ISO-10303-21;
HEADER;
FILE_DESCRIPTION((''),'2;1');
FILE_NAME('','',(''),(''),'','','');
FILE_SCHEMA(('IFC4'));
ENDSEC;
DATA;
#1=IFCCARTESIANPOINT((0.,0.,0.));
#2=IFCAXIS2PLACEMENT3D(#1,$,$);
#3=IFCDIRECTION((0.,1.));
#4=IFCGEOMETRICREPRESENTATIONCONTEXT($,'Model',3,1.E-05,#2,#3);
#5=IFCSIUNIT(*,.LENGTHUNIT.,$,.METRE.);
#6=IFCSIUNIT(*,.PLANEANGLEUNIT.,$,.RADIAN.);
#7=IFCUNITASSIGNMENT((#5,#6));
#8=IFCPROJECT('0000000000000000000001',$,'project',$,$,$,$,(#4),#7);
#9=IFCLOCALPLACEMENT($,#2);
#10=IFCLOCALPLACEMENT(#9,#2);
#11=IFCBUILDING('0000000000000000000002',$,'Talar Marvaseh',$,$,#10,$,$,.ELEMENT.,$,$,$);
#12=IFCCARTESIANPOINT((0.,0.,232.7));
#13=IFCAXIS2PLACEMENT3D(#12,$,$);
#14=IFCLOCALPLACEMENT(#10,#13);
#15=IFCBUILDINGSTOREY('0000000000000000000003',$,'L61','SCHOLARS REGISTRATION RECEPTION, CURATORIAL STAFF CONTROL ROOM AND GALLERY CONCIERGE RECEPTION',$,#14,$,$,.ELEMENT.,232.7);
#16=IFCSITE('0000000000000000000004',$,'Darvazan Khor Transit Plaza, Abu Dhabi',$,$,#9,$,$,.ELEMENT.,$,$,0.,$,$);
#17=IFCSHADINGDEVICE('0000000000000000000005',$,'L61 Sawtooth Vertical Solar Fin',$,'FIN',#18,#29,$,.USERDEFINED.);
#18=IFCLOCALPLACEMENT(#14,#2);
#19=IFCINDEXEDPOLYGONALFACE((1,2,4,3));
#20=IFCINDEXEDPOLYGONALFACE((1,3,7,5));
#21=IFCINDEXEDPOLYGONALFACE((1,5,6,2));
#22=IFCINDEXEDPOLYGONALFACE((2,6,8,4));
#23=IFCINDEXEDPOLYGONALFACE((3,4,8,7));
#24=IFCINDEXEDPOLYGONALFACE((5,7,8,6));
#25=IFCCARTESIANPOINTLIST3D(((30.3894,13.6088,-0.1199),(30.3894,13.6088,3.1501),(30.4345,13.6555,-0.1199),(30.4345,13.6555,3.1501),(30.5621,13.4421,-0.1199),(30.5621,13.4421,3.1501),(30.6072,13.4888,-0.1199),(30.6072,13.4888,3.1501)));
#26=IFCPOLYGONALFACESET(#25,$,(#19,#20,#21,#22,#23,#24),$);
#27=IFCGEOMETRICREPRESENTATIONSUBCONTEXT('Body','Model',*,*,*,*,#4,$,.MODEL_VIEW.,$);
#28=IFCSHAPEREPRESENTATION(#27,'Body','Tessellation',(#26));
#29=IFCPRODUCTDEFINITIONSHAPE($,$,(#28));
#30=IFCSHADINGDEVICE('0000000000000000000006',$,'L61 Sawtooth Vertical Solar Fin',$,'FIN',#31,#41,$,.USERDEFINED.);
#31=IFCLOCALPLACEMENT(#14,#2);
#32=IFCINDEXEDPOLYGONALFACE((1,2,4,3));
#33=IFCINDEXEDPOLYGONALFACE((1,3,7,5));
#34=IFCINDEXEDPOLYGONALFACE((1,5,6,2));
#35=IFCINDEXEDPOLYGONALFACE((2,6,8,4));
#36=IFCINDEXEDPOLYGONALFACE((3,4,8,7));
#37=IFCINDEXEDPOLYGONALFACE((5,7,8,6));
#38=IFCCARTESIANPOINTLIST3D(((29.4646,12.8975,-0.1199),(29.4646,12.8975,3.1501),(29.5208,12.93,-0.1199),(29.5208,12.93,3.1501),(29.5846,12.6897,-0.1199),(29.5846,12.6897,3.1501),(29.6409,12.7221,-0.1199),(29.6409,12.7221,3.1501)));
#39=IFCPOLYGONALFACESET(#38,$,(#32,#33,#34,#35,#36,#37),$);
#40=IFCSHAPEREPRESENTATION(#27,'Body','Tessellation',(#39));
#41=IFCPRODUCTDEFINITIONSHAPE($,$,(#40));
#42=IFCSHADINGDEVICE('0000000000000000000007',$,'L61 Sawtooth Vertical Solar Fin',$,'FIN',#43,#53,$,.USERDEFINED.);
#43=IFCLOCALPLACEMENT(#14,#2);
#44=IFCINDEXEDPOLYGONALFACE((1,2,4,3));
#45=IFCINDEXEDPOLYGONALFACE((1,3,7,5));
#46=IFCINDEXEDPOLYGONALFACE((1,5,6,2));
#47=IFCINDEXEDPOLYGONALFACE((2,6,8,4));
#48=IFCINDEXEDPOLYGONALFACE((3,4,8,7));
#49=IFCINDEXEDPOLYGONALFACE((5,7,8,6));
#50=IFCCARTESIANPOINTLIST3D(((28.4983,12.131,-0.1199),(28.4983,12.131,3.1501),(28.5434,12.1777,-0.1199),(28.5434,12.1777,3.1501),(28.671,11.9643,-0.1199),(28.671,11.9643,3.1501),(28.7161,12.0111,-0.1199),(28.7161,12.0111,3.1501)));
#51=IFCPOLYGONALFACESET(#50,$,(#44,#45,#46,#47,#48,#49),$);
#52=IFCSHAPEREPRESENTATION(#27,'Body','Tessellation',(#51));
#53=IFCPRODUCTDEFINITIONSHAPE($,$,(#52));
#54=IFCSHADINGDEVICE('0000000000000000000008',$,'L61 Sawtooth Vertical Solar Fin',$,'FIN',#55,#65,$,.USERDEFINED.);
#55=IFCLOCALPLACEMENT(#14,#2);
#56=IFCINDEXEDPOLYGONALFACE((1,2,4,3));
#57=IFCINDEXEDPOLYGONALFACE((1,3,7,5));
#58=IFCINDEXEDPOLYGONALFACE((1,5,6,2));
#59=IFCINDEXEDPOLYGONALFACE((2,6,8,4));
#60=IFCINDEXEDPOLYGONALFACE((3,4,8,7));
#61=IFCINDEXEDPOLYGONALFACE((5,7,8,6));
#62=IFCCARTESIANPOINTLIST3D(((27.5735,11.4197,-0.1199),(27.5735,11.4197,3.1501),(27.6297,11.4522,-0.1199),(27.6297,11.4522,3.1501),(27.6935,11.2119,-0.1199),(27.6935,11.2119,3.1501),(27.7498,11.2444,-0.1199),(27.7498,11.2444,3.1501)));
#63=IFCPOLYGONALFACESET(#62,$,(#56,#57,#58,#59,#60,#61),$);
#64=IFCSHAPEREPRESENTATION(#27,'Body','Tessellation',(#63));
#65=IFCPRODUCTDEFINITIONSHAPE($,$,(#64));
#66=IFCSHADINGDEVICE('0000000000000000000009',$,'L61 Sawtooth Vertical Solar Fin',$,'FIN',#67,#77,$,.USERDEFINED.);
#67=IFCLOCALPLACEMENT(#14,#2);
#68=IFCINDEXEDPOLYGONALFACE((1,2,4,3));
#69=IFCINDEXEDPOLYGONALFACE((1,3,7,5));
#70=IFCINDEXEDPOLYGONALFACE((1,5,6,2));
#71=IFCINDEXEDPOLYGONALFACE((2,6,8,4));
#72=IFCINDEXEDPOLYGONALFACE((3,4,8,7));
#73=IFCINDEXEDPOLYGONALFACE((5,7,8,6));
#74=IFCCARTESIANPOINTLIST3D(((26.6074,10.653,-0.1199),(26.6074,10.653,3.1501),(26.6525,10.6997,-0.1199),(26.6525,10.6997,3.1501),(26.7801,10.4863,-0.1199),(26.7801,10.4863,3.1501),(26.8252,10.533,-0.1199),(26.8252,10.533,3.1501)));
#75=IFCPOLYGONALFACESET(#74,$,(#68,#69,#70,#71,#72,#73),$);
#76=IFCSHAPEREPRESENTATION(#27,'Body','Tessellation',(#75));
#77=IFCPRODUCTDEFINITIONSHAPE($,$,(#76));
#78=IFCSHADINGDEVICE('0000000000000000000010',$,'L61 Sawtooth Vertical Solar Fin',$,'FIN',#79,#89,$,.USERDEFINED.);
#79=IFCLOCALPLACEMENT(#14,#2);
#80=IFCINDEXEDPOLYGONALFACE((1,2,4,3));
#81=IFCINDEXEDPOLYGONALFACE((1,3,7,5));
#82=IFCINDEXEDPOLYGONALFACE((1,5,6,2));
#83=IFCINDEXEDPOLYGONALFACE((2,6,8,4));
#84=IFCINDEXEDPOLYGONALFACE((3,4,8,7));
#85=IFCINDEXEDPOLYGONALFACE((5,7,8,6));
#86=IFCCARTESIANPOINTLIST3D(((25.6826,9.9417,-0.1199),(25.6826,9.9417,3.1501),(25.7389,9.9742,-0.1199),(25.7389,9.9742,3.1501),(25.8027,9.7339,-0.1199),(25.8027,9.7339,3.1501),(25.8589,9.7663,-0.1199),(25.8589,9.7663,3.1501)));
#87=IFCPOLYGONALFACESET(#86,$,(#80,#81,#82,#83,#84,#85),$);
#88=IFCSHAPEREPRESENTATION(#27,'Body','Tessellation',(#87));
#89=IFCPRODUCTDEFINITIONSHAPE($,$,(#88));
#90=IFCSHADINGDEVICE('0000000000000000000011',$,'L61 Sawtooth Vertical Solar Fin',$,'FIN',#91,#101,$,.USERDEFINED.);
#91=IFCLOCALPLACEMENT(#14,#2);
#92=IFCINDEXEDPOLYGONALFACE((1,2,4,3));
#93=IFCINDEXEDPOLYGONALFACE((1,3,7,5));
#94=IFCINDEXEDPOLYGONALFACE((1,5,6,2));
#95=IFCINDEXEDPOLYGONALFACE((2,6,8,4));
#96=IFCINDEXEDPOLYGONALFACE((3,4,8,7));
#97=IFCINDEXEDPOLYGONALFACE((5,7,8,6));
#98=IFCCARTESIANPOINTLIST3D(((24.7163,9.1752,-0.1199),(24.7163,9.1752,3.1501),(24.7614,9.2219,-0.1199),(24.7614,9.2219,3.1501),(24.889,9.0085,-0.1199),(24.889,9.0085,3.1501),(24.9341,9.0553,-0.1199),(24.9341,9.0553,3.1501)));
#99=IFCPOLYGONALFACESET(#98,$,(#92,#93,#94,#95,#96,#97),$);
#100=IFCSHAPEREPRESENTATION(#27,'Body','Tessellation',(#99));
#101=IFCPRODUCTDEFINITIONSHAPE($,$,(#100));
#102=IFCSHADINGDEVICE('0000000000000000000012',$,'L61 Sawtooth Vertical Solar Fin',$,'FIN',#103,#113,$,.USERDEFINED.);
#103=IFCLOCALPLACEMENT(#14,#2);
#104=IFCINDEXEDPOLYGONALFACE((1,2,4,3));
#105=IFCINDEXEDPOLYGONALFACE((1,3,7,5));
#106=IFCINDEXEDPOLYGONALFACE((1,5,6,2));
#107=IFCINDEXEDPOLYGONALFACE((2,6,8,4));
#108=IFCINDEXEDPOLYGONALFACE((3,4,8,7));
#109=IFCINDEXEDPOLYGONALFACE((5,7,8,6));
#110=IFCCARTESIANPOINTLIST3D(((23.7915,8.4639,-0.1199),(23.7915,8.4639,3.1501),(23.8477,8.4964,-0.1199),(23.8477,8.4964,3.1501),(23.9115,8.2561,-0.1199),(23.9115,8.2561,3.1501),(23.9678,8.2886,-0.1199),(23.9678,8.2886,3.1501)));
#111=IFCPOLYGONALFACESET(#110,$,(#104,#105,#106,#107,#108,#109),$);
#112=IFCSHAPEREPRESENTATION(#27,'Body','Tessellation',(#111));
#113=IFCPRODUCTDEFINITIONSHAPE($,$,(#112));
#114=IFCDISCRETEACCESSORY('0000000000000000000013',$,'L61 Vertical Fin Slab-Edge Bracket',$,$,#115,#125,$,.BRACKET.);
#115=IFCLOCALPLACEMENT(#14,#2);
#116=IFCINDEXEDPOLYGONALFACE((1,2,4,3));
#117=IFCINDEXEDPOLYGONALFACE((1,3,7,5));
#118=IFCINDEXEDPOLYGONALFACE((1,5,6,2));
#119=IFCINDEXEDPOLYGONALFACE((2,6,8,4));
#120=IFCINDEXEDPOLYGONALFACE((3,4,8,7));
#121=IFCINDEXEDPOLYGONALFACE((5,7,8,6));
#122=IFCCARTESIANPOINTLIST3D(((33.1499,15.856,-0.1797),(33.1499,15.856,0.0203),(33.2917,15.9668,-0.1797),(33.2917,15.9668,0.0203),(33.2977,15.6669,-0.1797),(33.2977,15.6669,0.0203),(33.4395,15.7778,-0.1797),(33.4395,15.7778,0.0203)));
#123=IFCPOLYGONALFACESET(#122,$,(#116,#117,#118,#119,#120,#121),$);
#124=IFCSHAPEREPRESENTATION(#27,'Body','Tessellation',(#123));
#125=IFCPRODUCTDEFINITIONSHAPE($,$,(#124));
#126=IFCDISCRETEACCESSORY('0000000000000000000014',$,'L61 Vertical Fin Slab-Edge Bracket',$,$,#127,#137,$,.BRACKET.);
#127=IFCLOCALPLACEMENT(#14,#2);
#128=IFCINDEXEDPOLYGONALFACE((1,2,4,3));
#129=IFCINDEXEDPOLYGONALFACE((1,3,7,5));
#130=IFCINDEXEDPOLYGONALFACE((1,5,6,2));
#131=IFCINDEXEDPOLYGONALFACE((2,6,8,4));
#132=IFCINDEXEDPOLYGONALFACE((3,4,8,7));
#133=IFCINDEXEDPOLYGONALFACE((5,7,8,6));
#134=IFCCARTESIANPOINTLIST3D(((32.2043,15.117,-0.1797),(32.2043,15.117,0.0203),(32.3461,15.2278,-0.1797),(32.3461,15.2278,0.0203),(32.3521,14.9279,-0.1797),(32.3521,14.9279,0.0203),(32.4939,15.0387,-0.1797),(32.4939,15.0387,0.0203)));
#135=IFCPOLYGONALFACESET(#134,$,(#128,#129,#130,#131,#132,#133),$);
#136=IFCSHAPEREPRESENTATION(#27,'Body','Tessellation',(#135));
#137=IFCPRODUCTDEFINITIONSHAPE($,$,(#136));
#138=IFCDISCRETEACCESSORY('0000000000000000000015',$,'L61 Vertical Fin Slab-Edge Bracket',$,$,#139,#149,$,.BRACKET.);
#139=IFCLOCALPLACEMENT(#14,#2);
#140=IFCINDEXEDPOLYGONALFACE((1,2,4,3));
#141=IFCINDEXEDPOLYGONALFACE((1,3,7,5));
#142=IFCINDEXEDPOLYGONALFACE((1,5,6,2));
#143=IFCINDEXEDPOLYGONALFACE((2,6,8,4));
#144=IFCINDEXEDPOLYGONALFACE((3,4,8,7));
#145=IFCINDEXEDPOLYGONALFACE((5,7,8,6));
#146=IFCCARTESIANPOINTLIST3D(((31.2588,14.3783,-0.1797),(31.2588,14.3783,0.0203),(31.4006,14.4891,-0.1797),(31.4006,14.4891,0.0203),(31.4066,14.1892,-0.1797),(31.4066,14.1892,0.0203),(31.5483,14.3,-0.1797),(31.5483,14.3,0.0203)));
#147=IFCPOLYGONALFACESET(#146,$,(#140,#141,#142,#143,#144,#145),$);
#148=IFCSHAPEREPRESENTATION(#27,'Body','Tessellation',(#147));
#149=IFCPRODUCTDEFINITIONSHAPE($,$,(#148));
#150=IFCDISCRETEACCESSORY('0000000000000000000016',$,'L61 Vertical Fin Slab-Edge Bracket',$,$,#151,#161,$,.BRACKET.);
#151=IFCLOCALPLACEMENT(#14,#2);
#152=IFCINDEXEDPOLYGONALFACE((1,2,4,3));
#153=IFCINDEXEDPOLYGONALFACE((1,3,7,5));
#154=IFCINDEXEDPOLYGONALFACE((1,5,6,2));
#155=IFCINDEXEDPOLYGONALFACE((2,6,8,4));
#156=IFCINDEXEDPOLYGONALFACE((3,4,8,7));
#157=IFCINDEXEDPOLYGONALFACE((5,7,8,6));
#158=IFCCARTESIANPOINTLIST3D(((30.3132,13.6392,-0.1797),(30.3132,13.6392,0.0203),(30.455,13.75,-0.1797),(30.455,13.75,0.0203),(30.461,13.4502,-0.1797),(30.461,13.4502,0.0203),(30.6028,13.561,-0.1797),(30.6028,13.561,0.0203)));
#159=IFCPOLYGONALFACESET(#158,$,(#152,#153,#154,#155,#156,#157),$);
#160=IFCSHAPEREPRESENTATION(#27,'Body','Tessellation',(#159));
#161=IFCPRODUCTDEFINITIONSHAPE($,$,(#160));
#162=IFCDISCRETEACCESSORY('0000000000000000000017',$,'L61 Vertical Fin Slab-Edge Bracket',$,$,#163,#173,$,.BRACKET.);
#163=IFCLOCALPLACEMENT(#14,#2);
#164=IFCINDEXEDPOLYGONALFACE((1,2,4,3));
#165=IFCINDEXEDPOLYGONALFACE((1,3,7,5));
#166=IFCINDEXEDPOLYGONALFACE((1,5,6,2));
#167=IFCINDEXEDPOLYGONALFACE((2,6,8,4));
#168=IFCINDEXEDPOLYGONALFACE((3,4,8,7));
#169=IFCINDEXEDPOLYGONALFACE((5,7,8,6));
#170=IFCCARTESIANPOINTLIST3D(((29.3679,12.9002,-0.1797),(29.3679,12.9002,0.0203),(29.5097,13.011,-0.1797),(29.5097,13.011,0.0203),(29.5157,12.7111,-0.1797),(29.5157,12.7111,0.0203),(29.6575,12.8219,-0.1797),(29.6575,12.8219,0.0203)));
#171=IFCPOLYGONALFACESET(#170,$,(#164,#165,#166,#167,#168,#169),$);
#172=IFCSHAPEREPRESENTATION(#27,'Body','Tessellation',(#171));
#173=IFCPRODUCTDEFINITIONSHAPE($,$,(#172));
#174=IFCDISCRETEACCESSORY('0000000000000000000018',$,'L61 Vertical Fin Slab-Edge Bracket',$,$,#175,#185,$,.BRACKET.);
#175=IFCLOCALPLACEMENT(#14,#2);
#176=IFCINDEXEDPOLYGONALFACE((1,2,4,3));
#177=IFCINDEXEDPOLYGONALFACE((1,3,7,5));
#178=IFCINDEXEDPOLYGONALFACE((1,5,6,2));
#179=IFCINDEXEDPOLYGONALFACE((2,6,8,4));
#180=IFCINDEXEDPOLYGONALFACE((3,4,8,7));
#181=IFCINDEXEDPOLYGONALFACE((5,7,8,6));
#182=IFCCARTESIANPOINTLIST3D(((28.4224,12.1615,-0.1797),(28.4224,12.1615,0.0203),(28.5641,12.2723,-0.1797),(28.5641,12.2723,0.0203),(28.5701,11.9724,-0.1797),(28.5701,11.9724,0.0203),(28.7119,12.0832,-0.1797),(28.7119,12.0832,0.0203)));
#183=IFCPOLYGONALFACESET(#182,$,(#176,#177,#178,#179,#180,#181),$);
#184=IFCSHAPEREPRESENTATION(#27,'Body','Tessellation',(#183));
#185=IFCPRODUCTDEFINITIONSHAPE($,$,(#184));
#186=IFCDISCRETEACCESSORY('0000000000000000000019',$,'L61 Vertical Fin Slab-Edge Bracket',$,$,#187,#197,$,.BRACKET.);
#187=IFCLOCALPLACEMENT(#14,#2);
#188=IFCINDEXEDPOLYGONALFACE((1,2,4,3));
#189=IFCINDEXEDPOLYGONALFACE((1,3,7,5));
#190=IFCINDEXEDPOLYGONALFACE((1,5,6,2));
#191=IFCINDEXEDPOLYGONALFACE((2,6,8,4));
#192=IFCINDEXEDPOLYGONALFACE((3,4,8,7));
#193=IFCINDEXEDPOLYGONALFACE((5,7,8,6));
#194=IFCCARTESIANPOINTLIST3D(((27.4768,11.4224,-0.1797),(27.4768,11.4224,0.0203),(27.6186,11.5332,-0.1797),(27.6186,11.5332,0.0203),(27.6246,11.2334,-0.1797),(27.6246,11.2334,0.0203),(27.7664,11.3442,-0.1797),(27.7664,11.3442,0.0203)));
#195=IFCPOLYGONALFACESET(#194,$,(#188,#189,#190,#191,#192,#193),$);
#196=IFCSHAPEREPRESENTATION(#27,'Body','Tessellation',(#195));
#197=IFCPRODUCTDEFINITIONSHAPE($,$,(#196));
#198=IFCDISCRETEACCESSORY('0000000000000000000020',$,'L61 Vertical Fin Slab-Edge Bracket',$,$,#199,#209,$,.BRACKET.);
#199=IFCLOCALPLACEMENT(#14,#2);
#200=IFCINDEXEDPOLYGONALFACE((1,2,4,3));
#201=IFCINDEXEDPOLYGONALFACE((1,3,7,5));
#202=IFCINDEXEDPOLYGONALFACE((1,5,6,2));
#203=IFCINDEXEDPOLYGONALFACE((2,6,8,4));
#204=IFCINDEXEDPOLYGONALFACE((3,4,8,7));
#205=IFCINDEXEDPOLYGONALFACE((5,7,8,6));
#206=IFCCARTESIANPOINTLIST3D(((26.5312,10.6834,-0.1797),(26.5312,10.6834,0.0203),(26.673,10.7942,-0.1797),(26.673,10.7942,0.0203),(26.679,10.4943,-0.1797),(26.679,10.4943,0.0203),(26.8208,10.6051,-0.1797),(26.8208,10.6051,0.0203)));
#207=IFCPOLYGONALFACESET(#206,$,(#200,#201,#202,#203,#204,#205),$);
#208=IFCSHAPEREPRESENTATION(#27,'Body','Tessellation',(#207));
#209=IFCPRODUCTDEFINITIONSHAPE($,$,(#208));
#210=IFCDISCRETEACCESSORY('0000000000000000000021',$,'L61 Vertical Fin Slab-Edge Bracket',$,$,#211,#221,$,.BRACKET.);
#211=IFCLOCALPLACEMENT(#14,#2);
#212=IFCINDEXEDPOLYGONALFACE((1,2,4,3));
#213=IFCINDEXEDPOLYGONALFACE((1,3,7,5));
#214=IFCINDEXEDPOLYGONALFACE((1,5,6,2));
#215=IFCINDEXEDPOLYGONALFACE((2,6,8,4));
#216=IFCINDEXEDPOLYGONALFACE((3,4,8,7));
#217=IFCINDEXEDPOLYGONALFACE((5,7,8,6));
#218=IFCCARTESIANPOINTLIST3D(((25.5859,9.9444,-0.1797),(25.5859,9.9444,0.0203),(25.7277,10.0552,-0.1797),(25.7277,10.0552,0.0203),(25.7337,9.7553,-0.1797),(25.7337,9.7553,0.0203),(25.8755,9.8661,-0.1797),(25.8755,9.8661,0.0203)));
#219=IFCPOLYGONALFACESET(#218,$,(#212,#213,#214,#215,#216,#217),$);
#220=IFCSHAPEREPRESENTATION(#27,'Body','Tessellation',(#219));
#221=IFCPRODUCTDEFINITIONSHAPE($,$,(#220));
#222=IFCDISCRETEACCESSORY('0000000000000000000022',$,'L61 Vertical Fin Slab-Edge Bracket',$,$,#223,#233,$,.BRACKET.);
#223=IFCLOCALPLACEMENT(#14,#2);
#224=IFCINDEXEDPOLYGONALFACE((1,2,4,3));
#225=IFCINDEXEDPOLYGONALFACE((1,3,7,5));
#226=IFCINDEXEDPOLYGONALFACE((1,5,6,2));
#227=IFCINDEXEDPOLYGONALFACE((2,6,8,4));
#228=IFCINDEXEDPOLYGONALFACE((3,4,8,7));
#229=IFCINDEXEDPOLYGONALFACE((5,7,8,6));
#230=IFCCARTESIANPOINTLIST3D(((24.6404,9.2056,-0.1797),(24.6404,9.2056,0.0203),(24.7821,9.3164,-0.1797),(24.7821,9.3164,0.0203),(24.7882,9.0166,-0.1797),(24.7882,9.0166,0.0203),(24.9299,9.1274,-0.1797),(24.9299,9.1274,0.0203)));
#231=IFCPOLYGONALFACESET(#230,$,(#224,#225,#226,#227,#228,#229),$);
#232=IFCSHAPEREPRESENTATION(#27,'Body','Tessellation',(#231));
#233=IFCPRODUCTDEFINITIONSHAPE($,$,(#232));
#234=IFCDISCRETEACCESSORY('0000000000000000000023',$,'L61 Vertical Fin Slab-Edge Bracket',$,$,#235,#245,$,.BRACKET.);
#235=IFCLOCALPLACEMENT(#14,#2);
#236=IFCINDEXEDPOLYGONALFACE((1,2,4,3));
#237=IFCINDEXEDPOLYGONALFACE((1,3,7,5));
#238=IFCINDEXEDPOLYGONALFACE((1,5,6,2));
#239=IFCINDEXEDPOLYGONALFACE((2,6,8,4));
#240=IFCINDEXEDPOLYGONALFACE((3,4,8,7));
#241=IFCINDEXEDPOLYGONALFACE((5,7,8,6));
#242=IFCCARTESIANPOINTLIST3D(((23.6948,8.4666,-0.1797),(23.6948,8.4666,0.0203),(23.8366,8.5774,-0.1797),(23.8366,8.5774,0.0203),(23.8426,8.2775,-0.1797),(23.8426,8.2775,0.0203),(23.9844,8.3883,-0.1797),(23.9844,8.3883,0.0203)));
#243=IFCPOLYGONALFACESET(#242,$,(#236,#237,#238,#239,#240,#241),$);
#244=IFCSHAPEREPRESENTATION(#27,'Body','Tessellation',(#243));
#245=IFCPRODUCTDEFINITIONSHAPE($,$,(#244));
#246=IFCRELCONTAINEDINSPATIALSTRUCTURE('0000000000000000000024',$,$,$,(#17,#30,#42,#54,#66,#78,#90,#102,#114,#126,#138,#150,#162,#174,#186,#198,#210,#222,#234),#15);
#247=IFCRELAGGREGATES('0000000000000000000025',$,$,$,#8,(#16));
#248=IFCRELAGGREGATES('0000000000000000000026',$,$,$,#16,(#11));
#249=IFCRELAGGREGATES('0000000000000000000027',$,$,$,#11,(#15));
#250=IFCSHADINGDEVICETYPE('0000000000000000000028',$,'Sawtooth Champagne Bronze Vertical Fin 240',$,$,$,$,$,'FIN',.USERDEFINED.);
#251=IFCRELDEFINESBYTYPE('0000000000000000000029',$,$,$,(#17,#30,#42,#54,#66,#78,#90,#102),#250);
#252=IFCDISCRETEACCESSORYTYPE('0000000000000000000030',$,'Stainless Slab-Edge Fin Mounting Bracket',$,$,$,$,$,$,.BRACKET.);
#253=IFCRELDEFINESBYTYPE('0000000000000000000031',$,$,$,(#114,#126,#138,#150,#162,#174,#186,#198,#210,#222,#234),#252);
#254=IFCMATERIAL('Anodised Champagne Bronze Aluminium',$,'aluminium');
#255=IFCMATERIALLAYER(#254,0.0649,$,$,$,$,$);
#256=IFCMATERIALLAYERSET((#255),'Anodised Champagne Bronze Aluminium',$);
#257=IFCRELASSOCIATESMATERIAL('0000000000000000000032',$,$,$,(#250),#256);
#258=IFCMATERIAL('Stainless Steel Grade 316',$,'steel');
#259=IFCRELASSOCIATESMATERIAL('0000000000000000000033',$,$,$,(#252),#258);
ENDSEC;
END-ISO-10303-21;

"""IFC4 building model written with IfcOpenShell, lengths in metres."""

from ifc_helpers import new_model, si_unit, direction, frame, origin, origin_2d, place, context, subcontext, project, spatial, rectangle, extrude, source, transform, mapped, material, layer, layer_set, type_object, type_shapes, element, save


model = new_model("IFC4")

# Units and contexts
model_context = context("Model", 3, precision=1e-05, world=origin(), true_north=direction((0.0, 1.0)))
body_context = subcontext(model_context, "Body", "Model", "MODEL_VIEW")
ifc_project = project(units=[si_unit("LENGTHUNIT", "METRE"), si_unit("PLANEANGLEUNIT", "RADIAN")], contexts=[model_context])

# Site, building, storey
site_placement = place(None, origin())
site = spatial("IfcSite", under=ifc_project, at=site_placement, Name="Darvazan Khor Transit Plaza, Abu Dhabi", CompositionType="ELEMENT", RefElevation=0.0)
building_placement = place(site_placement, origin())
building = spatial("IfcBuilding", under=site, at=building_placement, Name="Talar Marvaseh", CompositionType="ELEMENT")
storey_placement = place(building_placement, frame((0.0, 0.0, 232.7)))
storey = spatial("IfcBuildingStorey", under=building, at=storey_placement, Name="L61", Description="SCHOLARS REGISTRATION RECEPTION, CURATORIAL STAFF CONTROL ROOM AND GALLERY CONCIERGE RECEPTION", CompositionType="ELEMENT", Elevation=232.7)

# Shading devices
ifc_material_1 = material(Name="Anodised Champagne Bronze Aluminium", Category="aluminium")
ifc_layer_1 = layer(ifc_material_1, 0.0649)
ifc_layer_set_1 = layer_set([ifc_layer_1], Name="Anodised Champagne Bronze Aluminium")
shading_device_type = type_object("IfcShadingDeviceType", Name="Sawtooth Champagne Bronze Vertical Fin 240", ElementType="FIN", PredefinedType="USERDEFINED", material=ifc_layer_set_1)
shared_shape_1 = source(origin(), body_context, "Body", "SweptSolid", [
    extrude(rectangle(XDim=0.24, YDim=0.0649, at=origin_2d()), origin(), (0.0, 0.0, 1.0), 3.27),
])
type_shapes(shading_device_type, [shared_shape_1])
for number, where, z_axis, x_axis, name in (
    (1, (30.4983, 13.5488, -0.1199), (0.0, 0.0, 1.0), (0.719461, -0.694533, 0.0), "L61 Sawtooth Vertical Solar Fin"),
    (2, (29.5527, 12.8098, -0.1199), (0.0, 0.0, 1.0), (0.500151, -0.865938, 0.0), "L61 Sawtooth Vertical Solar Fin"),
    (3, (28.6072, 12.071, -0.1199), (0.0, 0.0, 1.0), (0.719461, -0.694533, 0.0), "L61 Sawtooth Vertical Solar Fin"),
    (4, (27.6616, 11.332, -0.1199), (0.0, 0.0, 1.0), (0.500151, -0.865938, 0.0), "L61 Sawtooth Vertical Solar Fin"),
    (5, (26.7163, 10.593, -0.1199), (0.0, 0.0, 1.0), (0.719461, -0.694533, 0.0), "L61 Sawtooth Vertical Solar Fin"),
    (6, (25.7708, 9.854, -0.1199), (0.0, 0.0, 1.0), (0.500151, -0.865938, 0.0), "L61 Sawtooth Vertical Solar Fin"),
    (7, (24.8252, 9.1152, -0.1199), (0.0, 0.0, 1.0), (0.719461, -0.694533, 0.0), "L61 Sawtooth Vertical Solar Fin"),
    (8, (23.8796, 8.3762, -0.1199), (0.0, 0.0, 1.0), (0.500151, -0.865938, 0.0), "L61 Sawtooth Vertical Solar Fin"),
):
    element("IfcShadingDevice", number, at=place(storey_placement, frame(where, z_axis=z_axis, x_axis=x_axis)), inside=storey, type_object=shading_device_type, Name=name, ObjectType="FIN", PredefinedType="USERDEFINED", context=body_context, shape_type="MappedRepresentation", body=[
        mapped(shared_shape_1, transform((0.0, 0.0, 0.0), x_axis=(1.0, 0.0, 0.0), y_axis=(0.0, 1.0, 0.0), z_axis=(0.0, 0.0, 1.0), scale=1.0)),
    ])

# Discrete accessories
ifc_material_2 = material(Name="Stainless Steel Grade 316", Category="steel")
discrete_accessory_type = type_object("IfcDiscreteAccessoryType", Name="Stainless Slab-Edge Fin Mounting Bracket", PredefinedType="BRACKET", material=ifc_material_2)
shared_shape_2 = source(origin(), body_context, "Body", "SweptSolid", [
    extrude(rectangle(XDim=0.24, YDim=0.1799, at=origin_2d()), origin(), (0.0, 0.0, 1.0), 0.2),
])
type_shapes(discrete_accessory_type, [shared_shape_2])
for number, where, z_axis, x_axis, name in (
    (9, (33.2947, 15.8169, -0.1797), (0.0, 0.0, 1.0), (0.615799, -0.787903, 0.0), "L61 Vertical Fin Slab-Edge Bracket"),
    (10, (32.3491, 15.0779, -0.1797), (0.0, 0.0, 1.0), (0.615799, -0.787903, 0.0), "L61 Vertical Fin Slab-Edge Bracket"),
    (11, (31.4036, 14.3391, -0.1797), (0.0, 0.0, 1.0), (0.615799, -0.787903, 0.0), "L61 Vertical Fin Slab-Edge Bracket"),
    (12, (30.458, 13.6001, -0.1797), (0.0, 0.0, 1.0), (0.615799, -0.787903, 0.0), "L61 Vertical Fin Slab-Edge Bracket"),
    (13, (29.5127, 12.8611, -0.1797), (0.0, 0.0, 1.0), (0.615799, -0.787903, 0.0), "L61 Vertical Fin Slab-Edge Bracket"),
    (14, (28.5671, 12.1223, -0.1797), (0.0, 0.0, 1.0), (0.615799, -0.787903, 0.0), "L61 Vertical Fin Slab-Edge Bracket"),
    (15, (27.6216, 11.3833, -0.1797), (0.0, 0.0, 1.0), (0.615799, -0.787903, 0.0), "L61 Vertical Fin Slab-Edge Bracket"),
    (16, (26.676, 10.6443, -0.1797), (0.0, 0.0, 1.0), (0.615799, -0.787903, 0.0), "L61 Vertical Fin Slab-Edge Bracket"),
    (17, (25.7307, 9.9053, -0.1797), (0.0, 0.0, 1.0), (0.615799, -0.787903, 0.0), "L61 Vertical Fin Slab-Edge Bracket"),
    (18, (24.7852, 9.1665, -0.1797), (0.0, 0.0, 1.0), (0.615799, -0.787903, 0.0), "L61 Vertical Fin Slab-Edge Bracket"),
    (19, (23.8396, 8.4275, -0.1797), (0.0, 0.0, 1.0), (0.615799, -0.787903, 0.0), "L61 Vertical Fin Slab-Edge Bracket"),
):
    element("IfcDiscreteAccessory", number, at=place(storey_placement, frame(where, z_axis=z_axis, x_axis=x_axis)), inside=storey, type_object=discrete_accessory_type, Name=name, PredefinedType="BRACKET", context=body_context, shape_type="MappedRepresentation", body=[
        mapped(shared_shape_2, transform((0.0, 0.0, 0.0), x_axis=(1.0, 0.0, 0.0), y_axis=(0.0, 1.0, 0.0), z_axis=(0.0, 0.0, 1.0), scale=1.0)),
    ])

save(model, "model.ifc")
